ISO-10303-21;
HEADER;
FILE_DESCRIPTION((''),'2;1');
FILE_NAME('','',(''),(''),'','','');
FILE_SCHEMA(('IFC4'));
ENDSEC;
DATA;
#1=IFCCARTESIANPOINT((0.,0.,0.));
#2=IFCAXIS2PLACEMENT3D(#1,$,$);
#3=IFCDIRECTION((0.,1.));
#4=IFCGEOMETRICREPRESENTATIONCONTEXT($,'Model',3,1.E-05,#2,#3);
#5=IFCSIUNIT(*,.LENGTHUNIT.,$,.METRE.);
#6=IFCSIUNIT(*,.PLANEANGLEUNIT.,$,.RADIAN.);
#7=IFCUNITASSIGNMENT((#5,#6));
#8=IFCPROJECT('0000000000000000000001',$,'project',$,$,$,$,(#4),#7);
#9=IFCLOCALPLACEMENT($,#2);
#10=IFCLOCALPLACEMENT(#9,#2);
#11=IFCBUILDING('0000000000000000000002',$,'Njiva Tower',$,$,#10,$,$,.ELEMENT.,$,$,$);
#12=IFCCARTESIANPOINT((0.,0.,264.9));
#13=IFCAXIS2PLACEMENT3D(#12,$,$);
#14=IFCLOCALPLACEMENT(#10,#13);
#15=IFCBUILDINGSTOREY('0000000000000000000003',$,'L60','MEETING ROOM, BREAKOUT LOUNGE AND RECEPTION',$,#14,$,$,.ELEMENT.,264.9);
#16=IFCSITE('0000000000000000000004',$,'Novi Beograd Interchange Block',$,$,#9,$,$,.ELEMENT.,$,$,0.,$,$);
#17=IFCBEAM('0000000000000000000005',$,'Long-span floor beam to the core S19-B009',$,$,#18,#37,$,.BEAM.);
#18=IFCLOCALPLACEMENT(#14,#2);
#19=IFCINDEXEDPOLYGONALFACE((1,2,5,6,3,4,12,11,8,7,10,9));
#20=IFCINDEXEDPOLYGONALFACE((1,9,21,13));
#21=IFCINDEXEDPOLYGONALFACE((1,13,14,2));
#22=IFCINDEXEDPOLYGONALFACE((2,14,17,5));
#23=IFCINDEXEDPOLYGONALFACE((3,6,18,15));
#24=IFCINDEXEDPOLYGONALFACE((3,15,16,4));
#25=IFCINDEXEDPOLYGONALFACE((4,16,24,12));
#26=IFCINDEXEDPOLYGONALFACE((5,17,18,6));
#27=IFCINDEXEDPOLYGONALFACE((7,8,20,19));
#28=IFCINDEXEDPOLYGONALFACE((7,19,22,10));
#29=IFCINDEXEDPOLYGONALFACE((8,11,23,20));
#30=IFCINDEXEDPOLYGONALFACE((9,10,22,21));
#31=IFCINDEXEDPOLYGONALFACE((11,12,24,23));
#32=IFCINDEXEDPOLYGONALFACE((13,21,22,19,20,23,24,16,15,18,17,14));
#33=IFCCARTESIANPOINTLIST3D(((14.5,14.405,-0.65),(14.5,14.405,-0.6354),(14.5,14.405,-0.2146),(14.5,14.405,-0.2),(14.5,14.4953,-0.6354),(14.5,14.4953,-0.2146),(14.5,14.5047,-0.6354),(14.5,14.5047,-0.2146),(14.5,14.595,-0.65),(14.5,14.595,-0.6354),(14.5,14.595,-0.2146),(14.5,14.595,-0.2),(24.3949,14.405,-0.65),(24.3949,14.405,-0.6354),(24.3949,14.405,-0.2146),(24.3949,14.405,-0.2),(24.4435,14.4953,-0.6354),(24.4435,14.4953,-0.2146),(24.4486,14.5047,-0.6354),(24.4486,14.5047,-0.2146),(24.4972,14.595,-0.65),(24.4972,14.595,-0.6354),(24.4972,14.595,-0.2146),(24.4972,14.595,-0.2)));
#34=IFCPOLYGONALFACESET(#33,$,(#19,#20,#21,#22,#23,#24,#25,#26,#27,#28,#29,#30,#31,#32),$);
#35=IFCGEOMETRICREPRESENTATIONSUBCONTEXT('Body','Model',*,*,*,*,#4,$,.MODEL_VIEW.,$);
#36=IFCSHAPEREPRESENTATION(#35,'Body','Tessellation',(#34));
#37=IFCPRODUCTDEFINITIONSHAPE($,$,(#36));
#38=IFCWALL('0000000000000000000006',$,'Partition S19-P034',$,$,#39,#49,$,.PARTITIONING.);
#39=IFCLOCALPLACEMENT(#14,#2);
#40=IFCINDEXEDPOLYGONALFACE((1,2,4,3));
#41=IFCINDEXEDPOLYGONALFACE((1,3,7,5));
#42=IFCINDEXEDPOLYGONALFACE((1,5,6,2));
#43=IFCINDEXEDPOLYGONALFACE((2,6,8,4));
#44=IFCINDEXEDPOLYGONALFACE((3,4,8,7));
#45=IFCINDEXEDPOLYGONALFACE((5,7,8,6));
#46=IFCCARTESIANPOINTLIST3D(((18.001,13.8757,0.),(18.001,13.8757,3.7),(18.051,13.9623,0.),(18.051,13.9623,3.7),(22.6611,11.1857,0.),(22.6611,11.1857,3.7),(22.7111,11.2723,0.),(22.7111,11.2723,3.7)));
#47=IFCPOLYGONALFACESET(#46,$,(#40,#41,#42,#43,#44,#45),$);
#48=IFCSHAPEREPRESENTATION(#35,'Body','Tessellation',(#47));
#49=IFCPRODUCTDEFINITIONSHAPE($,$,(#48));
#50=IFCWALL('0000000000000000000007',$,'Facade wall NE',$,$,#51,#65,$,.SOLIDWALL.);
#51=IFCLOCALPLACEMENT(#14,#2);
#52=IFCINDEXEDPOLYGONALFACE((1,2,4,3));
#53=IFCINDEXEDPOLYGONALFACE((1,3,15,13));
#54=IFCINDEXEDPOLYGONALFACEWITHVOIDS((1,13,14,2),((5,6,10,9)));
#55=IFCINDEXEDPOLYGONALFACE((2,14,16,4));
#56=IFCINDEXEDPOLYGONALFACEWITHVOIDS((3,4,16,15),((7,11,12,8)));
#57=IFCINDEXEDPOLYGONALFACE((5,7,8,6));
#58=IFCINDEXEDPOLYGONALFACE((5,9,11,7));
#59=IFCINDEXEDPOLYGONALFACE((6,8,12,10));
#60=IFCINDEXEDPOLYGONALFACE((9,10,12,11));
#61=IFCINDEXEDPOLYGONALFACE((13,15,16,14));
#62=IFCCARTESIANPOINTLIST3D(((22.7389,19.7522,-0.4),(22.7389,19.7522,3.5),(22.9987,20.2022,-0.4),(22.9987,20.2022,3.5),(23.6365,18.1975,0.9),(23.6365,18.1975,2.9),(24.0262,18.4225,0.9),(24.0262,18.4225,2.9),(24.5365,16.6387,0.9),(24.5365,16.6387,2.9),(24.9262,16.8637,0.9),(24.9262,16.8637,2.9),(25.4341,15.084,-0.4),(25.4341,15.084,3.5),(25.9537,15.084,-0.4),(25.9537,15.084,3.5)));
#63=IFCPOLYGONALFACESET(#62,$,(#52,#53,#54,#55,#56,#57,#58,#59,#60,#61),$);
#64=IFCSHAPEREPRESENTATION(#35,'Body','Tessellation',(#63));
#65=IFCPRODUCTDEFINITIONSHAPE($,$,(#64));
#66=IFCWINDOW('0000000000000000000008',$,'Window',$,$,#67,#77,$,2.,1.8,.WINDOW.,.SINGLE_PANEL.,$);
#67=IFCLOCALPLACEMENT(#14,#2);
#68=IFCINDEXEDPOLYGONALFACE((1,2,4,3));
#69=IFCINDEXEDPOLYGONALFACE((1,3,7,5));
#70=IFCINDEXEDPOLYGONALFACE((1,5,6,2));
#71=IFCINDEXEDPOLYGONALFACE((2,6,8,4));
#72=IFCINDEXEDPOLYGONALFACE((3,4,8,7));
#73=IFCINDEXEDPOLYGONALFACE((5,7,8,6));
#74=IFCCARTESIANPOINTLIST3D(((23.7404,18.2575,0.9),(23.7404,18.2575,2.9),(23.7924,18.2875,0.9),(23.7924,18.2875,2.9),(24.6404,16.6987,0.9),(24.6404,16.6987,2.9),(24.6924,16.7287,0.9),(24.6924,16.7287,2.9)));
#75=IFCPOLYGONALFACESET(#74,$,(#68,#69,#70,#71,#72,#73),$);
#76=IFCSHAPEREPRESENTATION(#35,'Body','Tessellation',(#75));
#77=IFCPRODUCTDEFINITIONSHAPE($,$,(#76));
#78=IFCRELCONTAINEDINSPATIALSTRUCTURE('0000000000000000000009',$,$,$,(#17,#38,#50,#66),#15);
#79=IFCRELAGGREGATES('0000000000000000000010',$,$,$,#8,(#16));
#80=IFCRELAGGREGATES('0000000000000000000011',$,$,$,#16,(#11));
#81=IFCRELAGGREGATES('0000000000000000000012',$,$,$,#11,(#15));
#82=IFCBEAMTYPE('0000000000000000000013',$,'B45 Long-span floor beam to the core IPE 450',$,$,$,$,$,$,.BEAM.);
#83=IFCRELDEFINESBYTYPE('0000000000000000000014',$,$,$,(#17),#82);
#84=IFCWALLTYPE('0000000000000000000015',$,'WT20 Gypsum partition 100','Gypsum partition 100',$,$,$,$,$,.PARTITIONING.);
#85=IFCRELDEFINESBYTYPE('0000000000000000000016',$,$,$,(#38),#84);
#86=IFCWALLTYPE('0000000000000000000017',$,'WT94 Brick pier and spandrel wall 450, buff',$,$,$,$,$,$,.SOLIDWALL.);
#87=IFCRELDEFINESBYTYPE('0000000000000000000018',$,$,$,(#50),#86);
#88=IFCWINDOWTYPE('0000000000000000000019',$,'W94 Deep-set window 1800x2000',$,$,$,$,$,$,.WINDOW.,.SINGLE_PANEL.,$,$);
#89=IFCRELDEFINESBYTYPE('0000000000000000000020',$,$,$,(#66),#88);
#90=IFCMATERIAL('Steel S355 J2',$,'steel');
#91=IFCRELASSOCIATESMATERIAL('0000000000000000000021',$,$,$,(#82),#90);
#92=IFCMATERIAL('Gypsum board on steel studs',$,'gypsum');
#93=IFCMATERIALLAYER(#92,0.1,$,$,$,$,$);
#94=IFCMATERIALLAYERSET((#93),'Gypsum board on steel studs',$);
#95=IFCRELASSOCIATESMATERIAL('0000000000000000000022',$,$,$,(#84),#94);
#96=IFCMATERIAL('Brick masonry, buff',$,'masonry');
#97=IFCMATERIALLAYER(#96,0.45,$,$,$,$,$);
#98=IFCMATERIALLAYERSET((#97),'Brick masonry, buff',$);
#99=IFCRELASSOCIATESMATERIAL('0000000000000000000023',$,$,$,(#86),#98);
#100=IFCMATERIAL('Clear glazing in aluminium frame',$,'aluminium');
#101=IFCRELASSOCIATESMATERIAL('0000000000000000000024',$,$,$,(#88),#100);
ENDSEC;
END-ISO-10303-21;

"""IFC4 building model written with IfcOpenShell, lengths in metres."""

from ifc_helpers import new_model, si_unit, direction, frame, frame_2d, origin, origin_2d, place, context, subcontext, project, spatial, polyline, rectangle, i_section, outline, extrude, clip, halfspace, material, layer, layer_set, material_profile, profile_set, type_object, element, fill, save


model = new_model("IFC4")

# Units and contexts
model_context = context("Model", 3, precision=1e-05, world=origin(), true_north=direction((0.0, 1.0)))
body_context = subcontext(model_context, "Body", "Model", "MODEL_VIEW")
ifc_project = project(units=[si_unit("LENGTHUNIT", "METRE"), si_unit("PLANEANGLEUNIT", "RADIAN")], contexts=[model_context])

# Site, building, storey
site_placement = place(None, origin())
site = spatial("IfcSite", under=ifc_project, at=site_placement, Name="Novi Beograd Interchange Block", CompositionType="ELEMENT", RefElevation=0.0)
building_placement = place(site_placement, origin())
building = spatial("IfcBuilding", under=site, at=building_placement, Name="Njiva Tower", CompositionType="ELEMENT")
storey_placement = place(building_placement, frame((0.0, 0.0, 264.9)))
storey = spatial("IfcBuildingStorey", under=building, at=storey_placement, Name="L60", Description="MEETING ROOM, BREAKOUT LOUNGE AND RECEPTION", CompositionType="ELEMENT", Elevation=264.9)

# Shared definitions
ifc_material_1 = material(Name="Steel S355 J2", Category="steel")

# Beam
ifc_material_profile_1 = material_profile(ifc_material_1, i_section(OverallWidth=0.19, OverallDepth=0.45, WebThickness=0.0094, FlangeThickness=0.0146, at=origin_2d()), Name="IPE 450")
ifc_profile_set_1 = profile_set([ifc_material_profile_1], Name="Steel S355 J2")
beam_type_1 = type_object("IfcBeamType", Name="B45 Long-span floor beam to the core IPE 450", PredefinedType="BEAM", material=ifc_profile_set_1)
beam_1_placement = place(storey_placement, frame((14.5, 14.5, -0.425), z_axis=(1.0, 0.0, 0.0), x_axis=(0.0, 1.0, 0.0)))
element("IfcBeam", 1, at=beam_1_placement, inside=storey, type_object=beam_type_1, Name="Long-span floor beam to the core S19-B009", PredefinedType="BEAM", context=body_context, shape_type="Clipping", body=[
    clip(extrude(i_section(OverallWidth=0.19, OverallDepth=0.45, WebThickness=0.0094, FlangeThickness=0.0146, at=origin_2d()), origin(), (0.0, 0.0, 1.0), 10.017), halfspace(frame((-0.0237, 0.0, 9.9333), z_axis=(-0.473762, 0.0, 0.880653), x_axis=(0.0, 1.0, 0.0)), False)),
])

# Wall
ifc_material_2 = material(Name="Gypsum board on steel studs", Category="gypsum")
ifc_layer_1 = layer(ifc_material_2, 0.1)
ifc_layer_set_1 = layer_set([ifc_layer_1], Name="Gypsum board on steel studs")
wall_type_1 = type_object("IfcWallType", Name="WT20 Gypsum partition 100", Description="Gypsum partition 100", PredefinedType="PARTITIONING", material=ifc_layer_set_1)
wall_1_placement = place(storey_placement, frame((18.026, 13.919, 0.0), z_axis=(0.0, 0.0, 1.0), x_axis=(0.866062, -0.499937, 0.0)))
element("IfcWall", 2, at=wall_1_placement, inside=storey, type_object=wall_type_1, Name="Partition S19-P034", PredefinedType="PARTITIONING", context=body_context, shape_type="SweptSolid", body=[
    extrude(rectangle(XDim=5.3807, YDim=0.1, at=frame_2d((2.6904, 0.0))), origin(), (0.0, 0.0, 1.0), 3.7),
])

# Shared definitions
ifc_material_3 = material(Name="Clear glazing in aluminium frame", Category="aluminium")

# Wall, opening, window
ifc_material_4 = material(Name="Brick masonry, buff", Category="masonry")
ifc_layer_2 = layer(ifc_material_4, 0.45)
ifc_layer_set_2 = layer_set([ifc_layer_2], Name="Brick masonry, buff")
wall_type_2 = type_object("IfcWallType", Name="WT94 Brick pier and spandrel wall 450, buff", PredefinedType="SOLIDWALL", material=ifc_layer_set_2)
wall_2_placement = place(storey_placement, frame((25.6939, 15.084, -0.4), z_axis=(0.0, 0.0, 1.0), x_axis=(-0.500001, 0.866025, 0.0)))
wall_2 = element("IfcWall", 3, at=wall_2_placement, inside=storey, type_object=wall_type_2, Name="Facade wall NE", PredefinedType="SOLIDWALL", context=body_context, shape_type="SweptSolid", body=[
    extrude(outline(polyline([(-0.1299, -0.225), (5.7801, -0.225), (5.5203, 0.225), (0.1299, 0.225), (-0.1299, -0.225)])), origin(), (0.0, 0.0, 1.0), 3.9),
])
opening_1_placement = place(wall_2_placement, frame((1.9251, 0.0, 1.3)))
opening_1 = element("IfcOpeningElement", 4, at=opening_1_placement, cuts=wall_2, PredefinedType="OPENING", context=body_context, shape_type="SweptSolid", body=[
    extrude(rectangle(XDim=1.8, YDim=2.0, at=frame_2d((0.9, 1.0))), frame((0.0, 0.235, 0.0), z_axis=(0.0, -1.0, 0.0), x_axis=(1.0, 0.0, 0.0)), (0.0, 0.0, 1.0), 0.47),
])
window_type_1 = type_object("IfcWindowType", Name="W94 Deep-set window 1800x2000", PartitioningType="SINGLE_PANEL", PredefinedType="WINDOW", material=ifc_material_3)
window_1_placement = place(opening_1_placement, origin())
window_1 = element("IfcWindow", 5, at=window_1_placement, inside=storey, type_object=window_type_1, Name="Window", OverallHeight=2.0, OverallWidth=1.8, PartitioningType="SINGLE_PANEL", PredefinedType="WINDOW", context=body_context, shape_type="SweptSolid", body=[
    extrude(rectangle(XDim=1.8, YDim=2.0, at=frame_2d((0.9, 1.0))), frame((0.0, 0.105, 0.0), z_axis=(0.0, -1.0, 0.0), x_axis=(1.0, 0.0, 0.0)), (0.0, 0.0, 1.0), 0.06),
])
fill(opening_1, window_1)

save(model, "model.ifc")
